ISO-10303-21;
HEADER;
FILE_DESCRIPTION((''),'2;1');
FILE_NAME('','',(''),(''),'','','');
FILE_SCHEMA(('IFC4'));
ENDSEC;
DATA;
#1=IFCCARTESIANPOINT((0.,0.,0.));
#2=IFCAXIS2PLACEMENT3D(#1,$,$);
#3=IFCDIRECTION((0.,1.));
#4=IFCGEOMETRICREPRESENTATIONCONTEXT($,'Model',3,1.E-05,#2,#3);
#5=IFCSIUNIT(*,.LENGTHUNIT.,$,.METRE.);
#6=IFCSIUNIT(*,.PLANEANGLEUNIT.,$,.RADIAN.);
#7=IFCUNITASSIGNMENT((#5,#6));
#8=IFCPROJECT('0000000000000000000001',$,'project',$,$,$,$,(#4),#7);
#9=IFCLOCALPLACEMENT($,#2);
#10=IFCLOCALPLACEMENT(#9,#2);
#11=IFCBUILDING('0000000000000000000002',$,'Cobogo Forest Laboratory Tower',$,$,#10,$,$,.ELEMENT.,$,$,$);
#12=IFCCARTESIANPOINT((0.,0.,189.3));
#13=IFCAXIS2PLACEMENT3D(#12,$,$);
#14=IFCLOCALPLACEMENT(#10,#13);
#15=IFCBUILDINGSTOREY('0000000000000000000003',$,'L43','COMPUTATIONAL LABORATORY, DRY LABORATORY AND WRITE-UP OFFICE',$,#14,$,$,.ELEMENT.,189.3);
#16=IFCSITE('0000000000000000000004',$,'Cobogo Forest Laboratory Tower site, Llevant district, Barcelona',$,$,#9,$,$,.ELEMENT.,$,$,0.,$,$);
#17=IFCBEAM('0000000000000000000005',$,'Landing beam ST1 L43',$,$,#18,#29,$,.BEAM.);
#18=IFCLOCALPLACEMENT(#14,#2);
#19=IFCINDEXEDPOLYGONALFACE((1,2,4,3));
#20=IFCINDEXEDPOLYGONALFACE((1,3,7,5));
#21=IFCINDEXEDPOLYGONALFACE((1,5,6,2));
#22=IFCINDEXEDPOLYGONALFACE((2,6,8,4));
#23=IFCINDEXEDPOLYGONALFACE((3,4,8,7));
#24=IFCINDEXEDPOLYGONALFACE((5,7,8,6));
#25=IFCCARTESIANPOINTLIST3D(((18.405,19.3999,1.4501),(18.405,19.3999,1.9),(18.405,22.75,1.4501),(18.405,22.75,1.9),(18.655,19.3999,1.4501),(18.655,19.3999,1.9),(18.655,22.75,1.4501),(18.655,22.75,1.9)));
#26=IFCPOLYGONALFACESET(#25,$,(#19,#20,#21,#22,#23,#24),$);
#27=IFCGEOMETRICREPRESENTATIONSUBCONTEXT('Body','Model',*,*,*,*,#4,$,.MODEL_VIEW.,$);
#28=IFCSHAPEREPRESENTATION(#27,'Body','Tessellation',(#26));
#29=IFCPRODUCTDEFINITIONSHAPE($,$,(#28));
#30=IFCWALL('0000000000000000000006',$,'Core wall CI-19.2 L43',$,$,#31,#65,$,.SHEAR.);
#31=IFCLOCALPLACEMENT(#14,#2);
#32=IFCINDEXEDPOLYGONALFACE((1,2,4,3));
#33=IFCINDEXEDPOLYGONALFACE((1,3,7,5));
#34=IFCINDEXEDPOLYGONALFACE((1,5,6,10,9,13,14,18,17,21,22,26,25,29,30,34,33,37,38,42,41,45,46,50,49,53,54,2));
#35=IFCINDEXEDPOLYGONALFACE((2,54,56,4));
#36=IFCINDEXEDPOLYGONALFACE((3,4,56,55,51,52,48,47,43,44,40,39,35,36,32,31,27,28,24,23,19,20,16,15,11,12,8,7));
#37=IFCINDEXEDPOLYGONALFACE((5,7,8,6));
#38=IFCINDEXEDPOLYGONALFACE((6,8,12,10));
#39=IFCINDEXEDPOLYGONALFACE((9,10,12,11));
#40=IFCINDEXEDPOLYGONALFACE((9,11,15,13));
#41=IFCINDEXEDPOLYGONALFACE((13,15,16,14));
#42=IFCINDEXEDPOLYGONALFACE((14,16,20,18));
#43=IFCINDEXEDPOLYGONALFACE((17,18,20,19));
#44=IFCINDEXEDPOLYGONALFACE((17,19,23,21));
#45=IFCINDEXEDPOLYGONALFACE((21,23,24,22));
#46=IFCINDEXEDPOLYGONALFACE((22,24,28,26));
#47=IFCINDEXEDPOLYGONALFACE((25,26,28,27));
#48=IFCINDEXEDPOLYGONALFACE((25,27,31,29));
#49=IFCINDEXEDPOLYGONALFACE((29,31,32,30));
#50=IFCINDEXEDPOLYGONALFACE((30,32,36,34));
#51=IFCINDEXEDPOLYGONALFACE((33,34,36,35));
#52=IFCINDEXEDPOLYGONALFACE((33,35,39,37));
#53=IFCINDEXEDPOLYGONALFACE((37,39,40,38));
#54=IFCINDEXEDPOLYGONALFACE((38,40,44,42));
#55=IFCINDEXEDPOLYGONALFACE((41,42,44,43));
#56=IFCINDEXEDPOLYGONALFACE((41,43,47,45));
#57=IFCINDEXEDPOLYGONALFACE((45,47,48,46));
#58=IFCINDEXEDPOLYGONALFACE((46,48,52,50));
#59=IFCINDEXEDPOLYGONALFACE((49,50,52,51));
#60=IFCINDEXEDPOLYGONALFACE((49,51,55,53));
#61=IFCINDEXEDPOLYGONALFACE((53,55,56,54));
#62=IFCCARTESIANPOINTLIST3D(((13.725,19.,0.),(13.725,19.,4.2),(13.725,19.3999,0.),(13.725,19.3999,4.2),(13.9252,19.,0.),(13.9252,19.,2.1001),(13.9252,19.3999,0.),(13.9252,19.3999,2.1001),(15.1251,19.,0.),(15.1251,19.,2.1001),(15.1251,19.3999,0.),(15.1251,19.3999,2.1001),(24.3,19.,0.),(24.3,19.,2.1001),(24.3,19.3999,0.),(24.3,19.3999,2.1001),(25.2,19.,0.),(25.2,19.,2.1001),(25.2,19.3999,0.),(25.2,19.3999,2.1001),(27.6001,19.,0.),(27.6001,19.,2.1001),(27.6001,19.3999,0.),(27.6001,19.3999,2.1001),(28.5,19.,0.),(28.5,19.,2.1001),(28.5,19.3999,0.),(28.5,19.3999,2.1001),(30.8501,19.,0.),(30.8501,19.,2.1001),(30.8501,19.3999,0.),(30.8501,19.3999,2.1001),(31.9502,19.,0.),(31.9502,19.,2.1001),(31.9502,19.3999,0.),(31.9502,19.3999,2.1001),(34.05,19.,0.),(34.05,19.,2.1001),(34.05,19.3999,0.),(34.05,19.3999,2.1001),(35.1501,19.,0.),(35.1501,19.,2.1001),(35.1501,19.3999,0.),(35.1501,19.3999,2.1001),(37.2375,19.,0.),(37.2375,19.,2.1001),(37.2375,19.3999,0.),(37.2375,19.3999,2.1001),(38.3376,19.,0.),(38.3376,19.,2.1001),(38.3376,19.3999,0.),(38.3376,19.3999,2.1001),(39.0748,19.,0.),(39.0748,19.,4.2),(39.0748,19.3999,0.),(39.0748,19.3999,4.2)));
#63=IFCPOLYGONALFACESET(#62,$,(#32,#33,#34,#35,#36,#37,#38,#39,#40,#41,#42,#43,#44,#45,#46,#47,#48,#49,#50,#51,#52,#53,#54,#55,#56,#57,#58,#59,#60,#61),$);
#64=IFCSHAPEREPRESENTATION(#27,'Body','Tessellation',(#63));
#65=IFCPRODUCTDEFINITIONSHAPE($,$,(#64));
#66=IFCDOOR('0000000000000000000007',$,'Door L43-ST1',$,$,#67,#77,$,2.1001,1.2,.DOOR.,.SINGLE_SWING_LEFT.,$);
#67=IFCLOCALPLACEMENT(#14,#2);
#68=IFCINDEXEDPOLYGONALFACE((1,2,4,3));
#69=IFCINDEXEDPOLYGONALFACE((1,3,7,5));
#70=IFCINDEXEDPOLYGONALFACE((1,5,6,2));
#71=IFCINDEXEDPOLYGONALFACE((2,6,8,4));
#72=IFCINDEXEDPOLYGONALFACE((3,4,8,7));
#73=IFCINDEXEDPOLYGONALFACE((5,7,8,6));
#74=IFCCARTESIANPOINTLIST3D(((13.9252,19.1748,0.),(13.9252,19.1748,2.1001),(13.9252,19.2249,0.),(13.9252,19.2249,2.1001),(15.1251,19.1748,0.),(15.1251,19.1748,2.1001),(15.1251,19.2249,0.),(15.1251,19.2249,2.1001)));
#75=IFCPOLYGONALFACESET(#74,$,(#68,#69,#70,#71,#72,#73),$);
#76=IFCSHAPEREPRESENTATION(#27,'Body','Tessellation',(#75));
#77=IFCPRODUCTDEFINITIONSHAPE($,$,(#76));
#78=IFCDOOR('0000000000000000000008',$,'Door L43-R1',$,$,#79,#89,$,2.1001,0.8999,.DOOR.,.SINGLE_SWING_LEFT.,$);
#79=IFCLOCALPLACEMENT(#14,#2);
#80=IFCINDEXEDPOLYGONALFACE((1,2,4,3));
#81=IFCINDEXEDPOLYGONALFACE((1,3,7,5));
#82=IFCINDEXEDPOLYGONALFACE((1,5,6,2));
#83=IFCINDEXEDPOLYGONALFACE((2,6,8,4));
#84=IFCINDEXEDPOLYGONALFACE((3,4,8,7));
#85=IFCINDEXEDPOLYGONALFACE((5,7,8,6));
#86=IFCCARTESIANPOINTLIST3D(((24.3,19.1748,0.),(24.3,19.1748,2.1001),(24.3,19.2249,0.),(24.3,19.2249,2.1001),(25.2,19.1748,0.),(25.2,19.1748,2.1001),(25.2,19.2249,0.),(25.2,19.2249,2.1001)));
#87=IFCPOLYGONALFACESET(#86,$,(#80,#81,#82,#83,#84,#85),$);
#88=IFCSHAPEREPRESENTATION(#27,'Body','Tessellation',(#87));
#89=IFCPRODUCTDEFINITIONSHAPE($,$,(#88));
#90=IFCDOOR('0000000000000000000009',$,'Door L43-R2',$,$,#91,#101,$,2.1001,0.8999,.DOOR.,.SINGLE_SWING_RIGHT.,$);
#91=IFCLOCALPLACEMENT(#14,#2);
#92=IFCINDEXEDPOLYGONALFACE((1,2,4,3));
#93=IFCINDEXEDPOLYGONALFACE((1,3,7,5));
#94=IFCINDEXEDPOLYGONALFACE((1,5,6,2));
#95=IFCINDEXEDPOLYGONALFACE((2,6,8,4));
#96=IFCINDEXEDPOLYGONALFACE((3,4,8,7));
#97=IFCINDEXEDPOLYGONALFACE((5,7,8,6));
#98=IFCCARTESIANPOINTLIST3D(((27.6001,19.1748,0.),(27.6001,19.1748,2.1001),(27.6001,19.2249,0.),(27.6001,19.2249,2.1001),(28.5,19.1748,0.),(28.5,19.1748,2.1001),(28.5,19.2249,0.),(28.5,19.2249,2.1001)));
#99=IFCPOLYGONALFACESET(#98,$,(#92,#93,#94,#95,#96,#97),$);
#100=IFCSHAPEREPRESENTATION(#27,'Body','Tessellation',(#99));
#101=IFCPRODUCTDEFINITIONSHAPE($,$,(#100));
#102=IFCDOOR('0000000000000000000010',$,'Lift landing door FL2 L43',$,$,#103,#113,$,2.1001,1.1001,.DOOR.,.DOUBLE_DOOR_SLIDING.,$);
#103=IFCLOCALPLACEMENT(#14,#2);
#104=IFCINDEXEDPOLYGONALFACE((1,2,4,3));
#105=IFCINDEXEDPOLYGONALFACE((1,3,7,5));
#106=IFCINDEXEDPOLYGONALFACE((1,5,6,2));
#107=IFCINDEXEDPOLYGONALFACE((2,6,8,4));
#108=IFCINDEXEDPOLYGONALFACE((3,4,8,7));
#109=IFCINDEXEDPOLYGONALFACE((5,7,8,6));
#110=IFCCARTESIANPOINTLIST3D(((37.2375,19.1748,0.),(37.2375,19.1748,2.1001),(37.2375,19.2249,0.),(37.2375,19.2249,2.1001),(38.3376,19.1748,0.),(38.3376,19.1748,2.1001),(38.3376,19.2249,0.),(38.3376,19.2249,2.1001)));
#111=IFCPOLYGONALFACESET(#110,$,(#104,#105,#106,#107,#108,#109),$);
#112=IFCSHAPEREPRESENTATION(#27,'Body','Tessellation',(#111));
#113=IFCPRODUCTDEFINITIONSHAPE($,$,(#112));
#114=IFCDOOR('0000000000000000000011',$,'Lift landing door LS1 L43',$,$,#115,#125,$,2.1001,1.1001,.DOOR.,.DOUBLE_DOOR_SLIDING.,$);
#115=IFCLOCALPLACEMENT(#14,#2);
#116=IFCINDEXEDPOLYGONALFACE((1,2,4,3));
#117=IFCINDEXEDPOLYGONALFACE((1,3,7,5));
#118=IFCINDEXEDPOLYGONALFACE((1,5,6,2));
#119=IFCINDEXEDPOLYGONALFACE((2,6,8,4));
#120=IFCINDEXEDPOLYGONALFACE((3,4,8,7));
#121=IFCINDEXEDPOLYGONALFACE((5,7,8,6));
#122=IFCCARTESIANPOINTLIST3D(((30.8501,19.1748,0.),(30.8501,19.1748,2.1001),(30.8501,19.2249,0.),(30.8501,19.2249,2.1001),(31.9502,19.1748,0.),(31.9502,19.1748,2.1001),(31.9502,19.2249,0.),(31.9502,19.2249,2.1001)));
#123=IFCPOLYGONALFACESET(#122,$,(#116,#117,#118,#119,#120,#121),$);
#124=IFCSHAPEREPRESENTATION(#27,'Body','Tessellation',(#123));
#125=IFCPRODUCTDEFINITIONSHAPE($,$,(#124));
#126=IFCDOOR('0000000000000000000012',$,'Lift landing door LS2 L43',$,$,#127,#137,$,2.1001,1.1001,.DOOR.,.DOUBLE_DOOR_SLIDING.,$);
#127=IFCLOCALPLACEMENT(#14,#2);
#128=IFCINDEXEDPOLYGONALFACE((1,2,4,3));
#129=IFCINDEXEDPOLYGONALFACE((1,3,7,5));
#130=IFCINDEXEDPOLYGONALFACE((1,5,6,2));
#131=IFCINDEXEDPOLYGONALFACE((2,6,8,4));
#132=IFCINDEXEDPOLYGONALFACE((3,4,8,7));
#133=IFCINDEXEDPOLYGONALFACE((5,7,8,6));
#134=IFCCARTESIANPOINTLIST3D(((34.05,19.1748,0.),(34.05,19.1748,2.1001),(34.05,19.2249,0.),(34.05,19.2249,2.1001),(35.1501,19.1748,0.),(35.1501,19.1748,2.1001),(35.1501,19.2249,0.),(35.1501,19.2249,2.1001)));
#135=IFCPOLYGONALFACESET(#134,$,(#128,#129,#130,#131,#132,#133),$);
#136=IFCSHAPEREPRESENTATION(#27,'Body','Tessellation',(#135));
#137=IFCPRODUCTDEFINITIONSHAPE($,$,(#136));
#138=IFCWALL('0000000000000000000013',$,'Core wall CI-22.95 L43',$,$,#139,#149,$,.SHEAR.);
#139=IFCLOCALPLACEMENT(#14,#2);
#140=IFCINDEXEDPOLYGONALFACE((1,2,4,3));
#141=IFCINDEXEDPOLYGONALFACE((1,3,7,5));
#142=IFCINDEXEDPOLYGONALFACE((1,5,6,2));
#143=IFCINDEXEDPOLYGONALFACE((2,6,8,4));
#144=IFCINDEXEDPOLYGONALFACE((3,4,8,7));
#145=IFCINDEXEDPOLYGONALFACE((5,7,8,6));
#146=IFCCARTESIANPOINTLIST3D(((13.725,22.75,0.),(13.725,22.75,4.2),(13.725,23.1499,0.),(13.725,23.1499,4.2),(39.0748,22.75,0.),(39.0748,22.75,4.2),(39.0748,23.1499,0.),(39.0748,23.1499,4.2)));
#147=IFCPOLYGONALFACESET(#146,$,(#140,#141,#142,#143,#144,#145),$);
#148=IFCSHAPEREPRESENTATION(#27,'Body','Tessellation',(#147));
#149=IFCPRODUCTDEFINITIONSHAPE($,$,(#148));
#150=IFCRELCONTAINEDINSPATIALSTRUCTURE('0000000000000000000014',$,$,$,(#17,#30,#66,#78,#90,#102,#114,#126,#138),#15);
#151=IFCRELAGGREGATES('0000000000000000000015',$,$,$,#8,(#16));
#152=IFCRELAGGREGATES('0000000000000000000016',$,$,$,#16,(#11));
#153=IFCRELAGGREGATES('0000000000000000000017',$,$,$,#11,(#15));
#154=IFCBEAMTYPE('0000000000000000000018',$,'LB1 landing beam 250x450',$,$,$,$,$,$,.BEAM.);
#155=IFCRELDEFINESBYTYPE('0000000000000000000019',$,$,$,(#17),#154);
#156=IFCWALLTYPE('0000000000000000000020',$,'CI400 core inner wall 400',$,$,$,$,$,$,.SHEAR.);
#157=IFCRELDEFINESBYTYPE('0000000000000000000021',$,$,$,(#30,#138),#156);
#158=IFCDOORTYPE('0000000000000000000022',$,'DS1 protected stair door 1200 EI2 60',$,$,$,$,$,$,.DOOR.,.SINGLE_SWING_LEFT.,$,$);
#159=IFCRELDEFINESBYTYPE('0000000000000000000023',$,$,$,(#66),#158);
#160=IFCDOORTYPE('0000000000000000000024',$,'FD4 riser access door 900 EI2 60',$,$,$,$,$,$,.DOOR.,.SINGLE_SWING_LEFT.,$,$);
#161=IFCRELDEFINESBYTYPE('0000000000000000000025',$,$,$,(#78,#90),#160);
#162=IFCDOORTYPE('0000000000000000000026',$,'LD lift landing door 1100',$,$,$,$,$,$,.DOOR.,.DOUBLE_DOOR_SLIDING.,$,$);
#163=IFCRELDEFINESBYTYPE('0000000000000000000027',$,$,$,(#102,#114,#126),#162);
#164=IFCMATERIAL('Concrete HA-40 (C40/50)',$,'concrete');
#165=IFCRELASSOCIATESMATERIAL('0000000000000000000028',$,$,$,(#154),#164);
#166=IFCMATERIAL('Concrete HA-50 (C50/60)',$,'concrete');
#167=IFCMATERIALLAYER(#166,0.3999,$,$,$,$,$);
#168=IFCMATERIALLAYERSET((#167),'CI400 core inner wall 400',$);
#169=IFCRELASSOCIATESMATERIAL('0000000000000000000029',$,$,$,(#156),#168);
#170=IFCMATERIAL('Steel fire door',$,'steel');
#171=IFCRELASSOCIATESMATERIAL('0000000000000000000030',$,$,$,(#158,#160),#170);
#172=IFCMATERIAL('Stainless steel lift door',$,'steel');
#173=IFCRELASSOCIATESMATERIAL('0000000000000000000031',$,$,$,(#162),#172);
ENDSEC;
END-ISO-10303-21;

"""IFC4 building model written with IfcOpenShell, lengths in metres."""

from ifc_helpers import new_model, si_unit, direction, frame, frame_2d, origin, origin_2d, place, context, subcontext, project, spatial, rectangle, extrude, material, layer, layer_set, material_profile, profile_set, type_object, element, fill, save


model = new_model("IFC4")

# Units and contexts
model_context = context("Model", 3, precision=1e-05, world=origin(), true_north=direction((0.0, 1.0)))
body_context = subcontext(model_context, "Body", "Model", "MODEL_VIEW")
ifc_project = project(units=[si_unit("LENGTHUNIT", "METRE"), si_unit("PLANEANGLEUNIT", "RADIAN")], contexts=[model_context])

# Site, building, storey
site_placement = place(None, origin())
site = spatial("IfcSite", under=ifc_project, at=site_placement, Name="Cobogo Forest Laboratory Tower site, Llevant district, Barcelona", CompositionType="ELEMENT", RefElevation=0.0)
building_placement = place(site_placement, origin())
building = spatial("IfcBuilding", under=site, at=building_placement, Name="Cobogo Forest Laboratory Tower", CompositionType="ELEMENT")
storey_placement = place(building_placement, frame((0.0, 0.0, 189.3)))
storey = spatial("IfcBuildingStorey", under=building, at=storey_placement, Name="L43", Description="COMPUTATIONAL LABORATORY, DRY LABORATORY AND WRITE-UP OFFICE", CompositionType="ELEMENT", Elevation=189.3)

# Beam
ifc_material_1 = material(Name="Concrete HA-40 (C40/50)", Category="concrete")
ifc_material_profile = material_profile(ifc_material_1, rectangle(XDim=0.25, YDim=0.45, at=origin_2d()), Name="RC 250x450")
ifc_profile_set = profile_set([ifc_material_profile], Name="Concrete HA-40 (C40/50)")
beam_type = type_object("IfcBeamType", Name="LB1 landing beam 250x450", PredefinedType="BEAM", material=ifc_profile_set)
beam_placement = place(storey_placement, frame((18.53, 19.3999, 1.675), z_axis=(0.0, 1.0, 0.0), x_axis=(-1.0, 0.0, 0.0)))
element("IfcBeam", 1, at=beam_placement, inside=storey, type_object=beam_type, Name="Landing beam ST1 L43", PredefinedType="BEAM", context=body_context, shape_type="SweptSolid", body=[
    extrude(rectangle(XDim=0.25, YDim=0.45, at=origin_2d()), origin(), (0.0, 0.0, 1.0), 3.3501),
])

# Wall, openings, doors
ifc_material_2 = material(Name="Concrete HA-50 (C50/60)", Category="concrete")
ifc_layer = layer(ifc_material_2, 0.3999)
ifc_layer_set = layer_set([ifc_layer], Name="CI400 core inner wall 400")
wall_type = type_object("IfcWallType", Name="CI400 core inner wall 400", PredefinedType="SHEAR", material=ifc_layer_set)
wall_1_placement = place(storey_placement, frame((13.7251, 19.2, 0.0), z_axis=(0.0, 0.0, 1.0), x_axis=(1.0, 0.0, 0.0)))
wall_1 = element("IfcWall", 2, at=wall_1_placement, inside=storey, type_object=wall_type, Name="Core wall CI-19.2 L43", PredefinedType="SHEAR", context=body_context, shape_type="SweptSolid", body=[
    extrude(rectangle(XDim=25.3499, YDim=0.3999, at=frame_2d((12.6748, 0.0))), origin(), (0.0, 0.0, 1.0), 4.2),
])
opening_1_placement = place(wall_1_placement, frame((10.575, 0.0, 0.0)))
opening_1 = element("IfcOpeningElement", 3, at=opening_1_placement, cuts=wall_1, PredefinedType="OPENING", context=body_context, shape_type="SweptSolid", body=[
    extrude(rectangle(XDim=0.8999, YDim=2.1001, at=frame_2d((0.45, 1.05))), frame((0.0, 0.21, 0.0), z_axis=(0.0, -1.0, 0.0), x_axis=(1.0, 0.0, 0.0)), (0.0, 0.0, 1.0), 0.4199),
])
opening_2_placement = place(wall_1_placement, frame((13.875, 0.0, 0.0)))
opening_2 = element("IfcOpeningElement", 4, at=opening_2_placement, cuts=wall_1, PredefinedType="OPENING", context=body_context, shape_type="SweptSolid", body=[
    extrude(rectangle(XDim=0.8999, YDim=2.1001, at=frame_2d((0.45, 1.05))), frame((0.0, 0.21, 0.0), z_axis=(0.0, -1.0, 0.0), x_axis=(1.0, 0.0, 0.0)), (0.0, 0.0, 1.0), 0.4199),
])
opening_3_placement = place(wall_1_placement, frame((0.2, 0.0, 0.0)))
opening_3 = element("IfcOpeningElement", 5, at=opening_3_placement, cuts=wall_1, PredefinedType="OPENING", context=body_context, shape_type="SweptSolid", body=[
    extrude(rectangle(XDim=1.2, YDim=2.1001, at=frame_2d((0.6001, 1.05))), frame((0.0, 0.21, 0.0), z_axis=(0.0, -1.0, 0.0), x_axis=(1.0, 0.0, 0.0)), (0.0, 0.0, 1.0), 0.4199),
])
opening_4_placement = place(wall_1_placement, frame((23.5125, 0.0, 0.0)))
opening_4 = element("IfcOpeningElement", 6, at=opening_4_placement, cuts=wall_1, PredefinedType="OPENING", context=body_context, shape_type="SweptSolid", body=[
    extrude(rectangle(XDim=1.1001, YDim=2.1001, at=frame_2d((0.55, 1.05))), frame((0.0, 0.21, 0.0), z_axis=(0.0, -1.0, 0.0), x_axis=(1.0, 0.0, 0.0)), (0.0, 0.0, 1.0), 0.4199),
])
opening_5_placement = place(wall_1_placement, frame((17.125, 0.0, 0.0)))
opening_5 = element("IfcOpeningElement", 7, at=opening_5_placement, cuts=wall_1, PredefinedType="OPENING", context=body_context, shape_type="SweptSolid", body=[
    extrude(rectangle(XDim=1.1001, YDim=2.1001, at=frame_2d((0.55, 1.05))), frame((0.0, 0.21, 0.0), z_axis=(0.0, -1.0, 0.0), x_axis=(1.0, 0.0, 0.0)), (0.0, 0.0, 1.0), 0.4199),
])
opening_6_placement = place(wall_1_placement, frame((20.325, 0.0, 0.0)))
opening_6 = element("IfcOpeningElement", 8, at=opening_6_placement, cuts=wall_1, PredefinedType="OPENING", context=body_context, shape_type="SweptSolid", body=[
    extrude(rectangle(XDim=1.1001, YDim=2.1001, at=frame_2d((0.55, 1.05))), frame((0.0, 0.21, 0.0), z_axis=(0.0, -1.0, 0.0), x_axis=(1.0, 0.0, 0.0)), (0.0, 0.0, 1.0), 0.4199),
])
ifc_material_3 = material(Name="Steel fire door", Category="steel")
door_type_1 = type_object("IfcDoorType", Name="DS1 protected stair door 1200 EI2 60", OperationType="SINGLE_SWING_LEFT", PredefinedType="DOOR", material=ifc_material_3)
door_1_placement = place(opening_3_placement, origin())
door_1 = element("IfcDoor", 9, at=door_1_placement, inside=storey, type_object=door_type_1, Name="Door L43-ST1", OperationType="SINGLE_SWING_LEFT", OverallHeight=2.1001, OverallWidth=1.2, PredefinedType="DOOR", context=body_context, shape_type="SweptSolid", body=[
    extrude(rectangle(XDim=1.2, YDim=2.1001, at=frame_2d((0.6001, 1.05))), frame((0.0, 0.0249, 0.0), z_axis=(0.0, -1.0, 0.0), x_axis=(1.0, 0.0, 0.0)), (0.0, 0.0, 1.0), 0.05),
])
fill(opening_3, door_1)
door_type_2 = type_object("IfcDoorType", Name="FD4 riser access door 900 EI2 60", OperationType="SINGLE_SWING_LEFT", PredefinedType="DOOR", material=ifc_material_3)
door_2_placement = place(opening_1_placement, origin())
door_2 = element("IfcDoor", 10, at=door_2_placement, inside=storey, type_object=door_type_2, Name="Door L43-R1", OperationType="SINGLE_SWING_LEFT", OverallHeight=2.1001, OverallWidth=0.8999, PredefinedType="DOOR", context=body_context, shape_type="SweptSolid", body=[
    extrude(rectangle(XDim=0.8999, YDim=2.1001, at=frame_2d((0.45, 1.05))), frame((0.0, 0.0249, 0.0), z_axis=(0.0, -1.0, 0.0), x_axis=(1.0, 0.0, 0.0)), (0.0, 0.0, 1.0), 0.05),
])
fill(opening_1, door_2)
door_3_placement = place(opening_2_placement, origin())
door_3 = element("IfcDoor", 11, at=door_3_placement, inside=storey, type_object=door_type_2, Name="Door L43-R2", OperationType="SINGLE_SWING_RIGHT", OverallHeight=2.1001, OverallWidth=0.8999, PredefinedType="DOOR", context=body_context, shape_type="SweptSolid", body=[
    extrude(rectangle(XDim=0.8999, YDim=2.1001, at=frame_2d((0.45, 1.05))), frame((0.0, 0.0249, 0.0), z_axis=(0.0, -1.0, 0.0), x_axis=(1.0, 0.0, 0.0)), (0.0, 0.0, 1.0), 0.05),
])
fill(opening_2, door_3)
ifc_material_4 = material(Name="Stainless steel lift door", Category="steel")
door_type_3 = type_object("IfcDoorType", Name="LD lift landing door 1100", OperationType="DOUBLE_DOOR_SLIDING", PredefinedType="DOOR", material=ifc_material_4)
door_4_placement = place(opening_4_placement, origin())
door_4 = element("IfcDoor", 12, at=door_4_placement, inside=storey, type_object=door_type_3, Name="Lift landing door FL2 L43", OperationType="DOUBLE_DOOR_SLIDING", OverallHeight=2.1001, OverallWidth=1.1001, PredefinedType="DOOR", context=body_context, shape_type="SweptSolid", body=[
    extrude(rectangle(XDim=1.1001, YDim=2.1001, at=frame_2d((0.55, 1.05))), frame((0.0, 0.0249, 0.0), z_axis=(0.0, -1.0, 0.0), x_axis=(1.0, 0.0, 0.0)), (0.0, 0.0, 1.0), 0.05),
])
fill(opening_4, door_4)
door_5_placement = place(opening_5_placement, origin())
door_5 = element("IfcDoor", 13, at=door_5_placement, inside=storey, type_object=door_type_3, Name="Lift landing door LS1 L43", OperationType="DOUBLE_DOOR_SLIDING", OverallHeight=2.1001, OverallWidth=1.1001, PredefinedType="DOOR", context=body_context, shape_type="SweptSolid", body=[
    extrude(rectangle(XDim=1.1001, YDim=2.1001, at=frame_2d((0.55, 1.05))), frame((0.0, 0.0249, 0.0), z_axis=(0.0, -1.0, 0.0), x_axis=(1.0, 0.0, 0.0)), (0.0, 0.0, 1.0), 0.05),
])
fill(opening_5, door_5)
door_6_placement = place(opening_6_placement, origin())
door_6 = element("IfcDoor", 14, at=door_6_placement, inside=storey, type_object=door_type_3, Name="Lift landing door LS2 L43", OperationType="DOUBLE_DOOR_SLIDING", OverallHeight=2.1001, OverallWidth=1.1001, PredefinedType="DOOR", context=body_context, shape_type="SweptSolid", body=[
    extrude(rectangle(XDim=1.1001, YDim=2.1001, at=frame_2d((0.55, 1.05))), frame((0.0, 0.0249, 0.0), z_axis=(0.0, -1.0, 0.0), x_axis=(1.0, 0.0, 0.0)), (0.0, 0.0, 1.0), 0.05),
])
fill(opening_6, door_6)

# Wall
wall_2_placement = place(storey_placement, frame((13.7251, 22.95, 0.0), z_axis=(0.0, 0.0, 1.0), x_axis=(1.0, 0.0, 0.0)))
element("IfcWall", 15, at=wall_2_placement, inside=storey, type_object=wall_type, Name="Core wall CI-22.95 L43", PredefinedType="SHEAR", context=body_context, shape_type="SweptSolid", body=[
    extrude(rectangle(XDim=25.3499, YDim=0.3999, at=frame_2d((12.6748, 0.0))), origin(), (0.0, 0.0, 1.0), 4.2),
])

save(model, "model.ifc")
